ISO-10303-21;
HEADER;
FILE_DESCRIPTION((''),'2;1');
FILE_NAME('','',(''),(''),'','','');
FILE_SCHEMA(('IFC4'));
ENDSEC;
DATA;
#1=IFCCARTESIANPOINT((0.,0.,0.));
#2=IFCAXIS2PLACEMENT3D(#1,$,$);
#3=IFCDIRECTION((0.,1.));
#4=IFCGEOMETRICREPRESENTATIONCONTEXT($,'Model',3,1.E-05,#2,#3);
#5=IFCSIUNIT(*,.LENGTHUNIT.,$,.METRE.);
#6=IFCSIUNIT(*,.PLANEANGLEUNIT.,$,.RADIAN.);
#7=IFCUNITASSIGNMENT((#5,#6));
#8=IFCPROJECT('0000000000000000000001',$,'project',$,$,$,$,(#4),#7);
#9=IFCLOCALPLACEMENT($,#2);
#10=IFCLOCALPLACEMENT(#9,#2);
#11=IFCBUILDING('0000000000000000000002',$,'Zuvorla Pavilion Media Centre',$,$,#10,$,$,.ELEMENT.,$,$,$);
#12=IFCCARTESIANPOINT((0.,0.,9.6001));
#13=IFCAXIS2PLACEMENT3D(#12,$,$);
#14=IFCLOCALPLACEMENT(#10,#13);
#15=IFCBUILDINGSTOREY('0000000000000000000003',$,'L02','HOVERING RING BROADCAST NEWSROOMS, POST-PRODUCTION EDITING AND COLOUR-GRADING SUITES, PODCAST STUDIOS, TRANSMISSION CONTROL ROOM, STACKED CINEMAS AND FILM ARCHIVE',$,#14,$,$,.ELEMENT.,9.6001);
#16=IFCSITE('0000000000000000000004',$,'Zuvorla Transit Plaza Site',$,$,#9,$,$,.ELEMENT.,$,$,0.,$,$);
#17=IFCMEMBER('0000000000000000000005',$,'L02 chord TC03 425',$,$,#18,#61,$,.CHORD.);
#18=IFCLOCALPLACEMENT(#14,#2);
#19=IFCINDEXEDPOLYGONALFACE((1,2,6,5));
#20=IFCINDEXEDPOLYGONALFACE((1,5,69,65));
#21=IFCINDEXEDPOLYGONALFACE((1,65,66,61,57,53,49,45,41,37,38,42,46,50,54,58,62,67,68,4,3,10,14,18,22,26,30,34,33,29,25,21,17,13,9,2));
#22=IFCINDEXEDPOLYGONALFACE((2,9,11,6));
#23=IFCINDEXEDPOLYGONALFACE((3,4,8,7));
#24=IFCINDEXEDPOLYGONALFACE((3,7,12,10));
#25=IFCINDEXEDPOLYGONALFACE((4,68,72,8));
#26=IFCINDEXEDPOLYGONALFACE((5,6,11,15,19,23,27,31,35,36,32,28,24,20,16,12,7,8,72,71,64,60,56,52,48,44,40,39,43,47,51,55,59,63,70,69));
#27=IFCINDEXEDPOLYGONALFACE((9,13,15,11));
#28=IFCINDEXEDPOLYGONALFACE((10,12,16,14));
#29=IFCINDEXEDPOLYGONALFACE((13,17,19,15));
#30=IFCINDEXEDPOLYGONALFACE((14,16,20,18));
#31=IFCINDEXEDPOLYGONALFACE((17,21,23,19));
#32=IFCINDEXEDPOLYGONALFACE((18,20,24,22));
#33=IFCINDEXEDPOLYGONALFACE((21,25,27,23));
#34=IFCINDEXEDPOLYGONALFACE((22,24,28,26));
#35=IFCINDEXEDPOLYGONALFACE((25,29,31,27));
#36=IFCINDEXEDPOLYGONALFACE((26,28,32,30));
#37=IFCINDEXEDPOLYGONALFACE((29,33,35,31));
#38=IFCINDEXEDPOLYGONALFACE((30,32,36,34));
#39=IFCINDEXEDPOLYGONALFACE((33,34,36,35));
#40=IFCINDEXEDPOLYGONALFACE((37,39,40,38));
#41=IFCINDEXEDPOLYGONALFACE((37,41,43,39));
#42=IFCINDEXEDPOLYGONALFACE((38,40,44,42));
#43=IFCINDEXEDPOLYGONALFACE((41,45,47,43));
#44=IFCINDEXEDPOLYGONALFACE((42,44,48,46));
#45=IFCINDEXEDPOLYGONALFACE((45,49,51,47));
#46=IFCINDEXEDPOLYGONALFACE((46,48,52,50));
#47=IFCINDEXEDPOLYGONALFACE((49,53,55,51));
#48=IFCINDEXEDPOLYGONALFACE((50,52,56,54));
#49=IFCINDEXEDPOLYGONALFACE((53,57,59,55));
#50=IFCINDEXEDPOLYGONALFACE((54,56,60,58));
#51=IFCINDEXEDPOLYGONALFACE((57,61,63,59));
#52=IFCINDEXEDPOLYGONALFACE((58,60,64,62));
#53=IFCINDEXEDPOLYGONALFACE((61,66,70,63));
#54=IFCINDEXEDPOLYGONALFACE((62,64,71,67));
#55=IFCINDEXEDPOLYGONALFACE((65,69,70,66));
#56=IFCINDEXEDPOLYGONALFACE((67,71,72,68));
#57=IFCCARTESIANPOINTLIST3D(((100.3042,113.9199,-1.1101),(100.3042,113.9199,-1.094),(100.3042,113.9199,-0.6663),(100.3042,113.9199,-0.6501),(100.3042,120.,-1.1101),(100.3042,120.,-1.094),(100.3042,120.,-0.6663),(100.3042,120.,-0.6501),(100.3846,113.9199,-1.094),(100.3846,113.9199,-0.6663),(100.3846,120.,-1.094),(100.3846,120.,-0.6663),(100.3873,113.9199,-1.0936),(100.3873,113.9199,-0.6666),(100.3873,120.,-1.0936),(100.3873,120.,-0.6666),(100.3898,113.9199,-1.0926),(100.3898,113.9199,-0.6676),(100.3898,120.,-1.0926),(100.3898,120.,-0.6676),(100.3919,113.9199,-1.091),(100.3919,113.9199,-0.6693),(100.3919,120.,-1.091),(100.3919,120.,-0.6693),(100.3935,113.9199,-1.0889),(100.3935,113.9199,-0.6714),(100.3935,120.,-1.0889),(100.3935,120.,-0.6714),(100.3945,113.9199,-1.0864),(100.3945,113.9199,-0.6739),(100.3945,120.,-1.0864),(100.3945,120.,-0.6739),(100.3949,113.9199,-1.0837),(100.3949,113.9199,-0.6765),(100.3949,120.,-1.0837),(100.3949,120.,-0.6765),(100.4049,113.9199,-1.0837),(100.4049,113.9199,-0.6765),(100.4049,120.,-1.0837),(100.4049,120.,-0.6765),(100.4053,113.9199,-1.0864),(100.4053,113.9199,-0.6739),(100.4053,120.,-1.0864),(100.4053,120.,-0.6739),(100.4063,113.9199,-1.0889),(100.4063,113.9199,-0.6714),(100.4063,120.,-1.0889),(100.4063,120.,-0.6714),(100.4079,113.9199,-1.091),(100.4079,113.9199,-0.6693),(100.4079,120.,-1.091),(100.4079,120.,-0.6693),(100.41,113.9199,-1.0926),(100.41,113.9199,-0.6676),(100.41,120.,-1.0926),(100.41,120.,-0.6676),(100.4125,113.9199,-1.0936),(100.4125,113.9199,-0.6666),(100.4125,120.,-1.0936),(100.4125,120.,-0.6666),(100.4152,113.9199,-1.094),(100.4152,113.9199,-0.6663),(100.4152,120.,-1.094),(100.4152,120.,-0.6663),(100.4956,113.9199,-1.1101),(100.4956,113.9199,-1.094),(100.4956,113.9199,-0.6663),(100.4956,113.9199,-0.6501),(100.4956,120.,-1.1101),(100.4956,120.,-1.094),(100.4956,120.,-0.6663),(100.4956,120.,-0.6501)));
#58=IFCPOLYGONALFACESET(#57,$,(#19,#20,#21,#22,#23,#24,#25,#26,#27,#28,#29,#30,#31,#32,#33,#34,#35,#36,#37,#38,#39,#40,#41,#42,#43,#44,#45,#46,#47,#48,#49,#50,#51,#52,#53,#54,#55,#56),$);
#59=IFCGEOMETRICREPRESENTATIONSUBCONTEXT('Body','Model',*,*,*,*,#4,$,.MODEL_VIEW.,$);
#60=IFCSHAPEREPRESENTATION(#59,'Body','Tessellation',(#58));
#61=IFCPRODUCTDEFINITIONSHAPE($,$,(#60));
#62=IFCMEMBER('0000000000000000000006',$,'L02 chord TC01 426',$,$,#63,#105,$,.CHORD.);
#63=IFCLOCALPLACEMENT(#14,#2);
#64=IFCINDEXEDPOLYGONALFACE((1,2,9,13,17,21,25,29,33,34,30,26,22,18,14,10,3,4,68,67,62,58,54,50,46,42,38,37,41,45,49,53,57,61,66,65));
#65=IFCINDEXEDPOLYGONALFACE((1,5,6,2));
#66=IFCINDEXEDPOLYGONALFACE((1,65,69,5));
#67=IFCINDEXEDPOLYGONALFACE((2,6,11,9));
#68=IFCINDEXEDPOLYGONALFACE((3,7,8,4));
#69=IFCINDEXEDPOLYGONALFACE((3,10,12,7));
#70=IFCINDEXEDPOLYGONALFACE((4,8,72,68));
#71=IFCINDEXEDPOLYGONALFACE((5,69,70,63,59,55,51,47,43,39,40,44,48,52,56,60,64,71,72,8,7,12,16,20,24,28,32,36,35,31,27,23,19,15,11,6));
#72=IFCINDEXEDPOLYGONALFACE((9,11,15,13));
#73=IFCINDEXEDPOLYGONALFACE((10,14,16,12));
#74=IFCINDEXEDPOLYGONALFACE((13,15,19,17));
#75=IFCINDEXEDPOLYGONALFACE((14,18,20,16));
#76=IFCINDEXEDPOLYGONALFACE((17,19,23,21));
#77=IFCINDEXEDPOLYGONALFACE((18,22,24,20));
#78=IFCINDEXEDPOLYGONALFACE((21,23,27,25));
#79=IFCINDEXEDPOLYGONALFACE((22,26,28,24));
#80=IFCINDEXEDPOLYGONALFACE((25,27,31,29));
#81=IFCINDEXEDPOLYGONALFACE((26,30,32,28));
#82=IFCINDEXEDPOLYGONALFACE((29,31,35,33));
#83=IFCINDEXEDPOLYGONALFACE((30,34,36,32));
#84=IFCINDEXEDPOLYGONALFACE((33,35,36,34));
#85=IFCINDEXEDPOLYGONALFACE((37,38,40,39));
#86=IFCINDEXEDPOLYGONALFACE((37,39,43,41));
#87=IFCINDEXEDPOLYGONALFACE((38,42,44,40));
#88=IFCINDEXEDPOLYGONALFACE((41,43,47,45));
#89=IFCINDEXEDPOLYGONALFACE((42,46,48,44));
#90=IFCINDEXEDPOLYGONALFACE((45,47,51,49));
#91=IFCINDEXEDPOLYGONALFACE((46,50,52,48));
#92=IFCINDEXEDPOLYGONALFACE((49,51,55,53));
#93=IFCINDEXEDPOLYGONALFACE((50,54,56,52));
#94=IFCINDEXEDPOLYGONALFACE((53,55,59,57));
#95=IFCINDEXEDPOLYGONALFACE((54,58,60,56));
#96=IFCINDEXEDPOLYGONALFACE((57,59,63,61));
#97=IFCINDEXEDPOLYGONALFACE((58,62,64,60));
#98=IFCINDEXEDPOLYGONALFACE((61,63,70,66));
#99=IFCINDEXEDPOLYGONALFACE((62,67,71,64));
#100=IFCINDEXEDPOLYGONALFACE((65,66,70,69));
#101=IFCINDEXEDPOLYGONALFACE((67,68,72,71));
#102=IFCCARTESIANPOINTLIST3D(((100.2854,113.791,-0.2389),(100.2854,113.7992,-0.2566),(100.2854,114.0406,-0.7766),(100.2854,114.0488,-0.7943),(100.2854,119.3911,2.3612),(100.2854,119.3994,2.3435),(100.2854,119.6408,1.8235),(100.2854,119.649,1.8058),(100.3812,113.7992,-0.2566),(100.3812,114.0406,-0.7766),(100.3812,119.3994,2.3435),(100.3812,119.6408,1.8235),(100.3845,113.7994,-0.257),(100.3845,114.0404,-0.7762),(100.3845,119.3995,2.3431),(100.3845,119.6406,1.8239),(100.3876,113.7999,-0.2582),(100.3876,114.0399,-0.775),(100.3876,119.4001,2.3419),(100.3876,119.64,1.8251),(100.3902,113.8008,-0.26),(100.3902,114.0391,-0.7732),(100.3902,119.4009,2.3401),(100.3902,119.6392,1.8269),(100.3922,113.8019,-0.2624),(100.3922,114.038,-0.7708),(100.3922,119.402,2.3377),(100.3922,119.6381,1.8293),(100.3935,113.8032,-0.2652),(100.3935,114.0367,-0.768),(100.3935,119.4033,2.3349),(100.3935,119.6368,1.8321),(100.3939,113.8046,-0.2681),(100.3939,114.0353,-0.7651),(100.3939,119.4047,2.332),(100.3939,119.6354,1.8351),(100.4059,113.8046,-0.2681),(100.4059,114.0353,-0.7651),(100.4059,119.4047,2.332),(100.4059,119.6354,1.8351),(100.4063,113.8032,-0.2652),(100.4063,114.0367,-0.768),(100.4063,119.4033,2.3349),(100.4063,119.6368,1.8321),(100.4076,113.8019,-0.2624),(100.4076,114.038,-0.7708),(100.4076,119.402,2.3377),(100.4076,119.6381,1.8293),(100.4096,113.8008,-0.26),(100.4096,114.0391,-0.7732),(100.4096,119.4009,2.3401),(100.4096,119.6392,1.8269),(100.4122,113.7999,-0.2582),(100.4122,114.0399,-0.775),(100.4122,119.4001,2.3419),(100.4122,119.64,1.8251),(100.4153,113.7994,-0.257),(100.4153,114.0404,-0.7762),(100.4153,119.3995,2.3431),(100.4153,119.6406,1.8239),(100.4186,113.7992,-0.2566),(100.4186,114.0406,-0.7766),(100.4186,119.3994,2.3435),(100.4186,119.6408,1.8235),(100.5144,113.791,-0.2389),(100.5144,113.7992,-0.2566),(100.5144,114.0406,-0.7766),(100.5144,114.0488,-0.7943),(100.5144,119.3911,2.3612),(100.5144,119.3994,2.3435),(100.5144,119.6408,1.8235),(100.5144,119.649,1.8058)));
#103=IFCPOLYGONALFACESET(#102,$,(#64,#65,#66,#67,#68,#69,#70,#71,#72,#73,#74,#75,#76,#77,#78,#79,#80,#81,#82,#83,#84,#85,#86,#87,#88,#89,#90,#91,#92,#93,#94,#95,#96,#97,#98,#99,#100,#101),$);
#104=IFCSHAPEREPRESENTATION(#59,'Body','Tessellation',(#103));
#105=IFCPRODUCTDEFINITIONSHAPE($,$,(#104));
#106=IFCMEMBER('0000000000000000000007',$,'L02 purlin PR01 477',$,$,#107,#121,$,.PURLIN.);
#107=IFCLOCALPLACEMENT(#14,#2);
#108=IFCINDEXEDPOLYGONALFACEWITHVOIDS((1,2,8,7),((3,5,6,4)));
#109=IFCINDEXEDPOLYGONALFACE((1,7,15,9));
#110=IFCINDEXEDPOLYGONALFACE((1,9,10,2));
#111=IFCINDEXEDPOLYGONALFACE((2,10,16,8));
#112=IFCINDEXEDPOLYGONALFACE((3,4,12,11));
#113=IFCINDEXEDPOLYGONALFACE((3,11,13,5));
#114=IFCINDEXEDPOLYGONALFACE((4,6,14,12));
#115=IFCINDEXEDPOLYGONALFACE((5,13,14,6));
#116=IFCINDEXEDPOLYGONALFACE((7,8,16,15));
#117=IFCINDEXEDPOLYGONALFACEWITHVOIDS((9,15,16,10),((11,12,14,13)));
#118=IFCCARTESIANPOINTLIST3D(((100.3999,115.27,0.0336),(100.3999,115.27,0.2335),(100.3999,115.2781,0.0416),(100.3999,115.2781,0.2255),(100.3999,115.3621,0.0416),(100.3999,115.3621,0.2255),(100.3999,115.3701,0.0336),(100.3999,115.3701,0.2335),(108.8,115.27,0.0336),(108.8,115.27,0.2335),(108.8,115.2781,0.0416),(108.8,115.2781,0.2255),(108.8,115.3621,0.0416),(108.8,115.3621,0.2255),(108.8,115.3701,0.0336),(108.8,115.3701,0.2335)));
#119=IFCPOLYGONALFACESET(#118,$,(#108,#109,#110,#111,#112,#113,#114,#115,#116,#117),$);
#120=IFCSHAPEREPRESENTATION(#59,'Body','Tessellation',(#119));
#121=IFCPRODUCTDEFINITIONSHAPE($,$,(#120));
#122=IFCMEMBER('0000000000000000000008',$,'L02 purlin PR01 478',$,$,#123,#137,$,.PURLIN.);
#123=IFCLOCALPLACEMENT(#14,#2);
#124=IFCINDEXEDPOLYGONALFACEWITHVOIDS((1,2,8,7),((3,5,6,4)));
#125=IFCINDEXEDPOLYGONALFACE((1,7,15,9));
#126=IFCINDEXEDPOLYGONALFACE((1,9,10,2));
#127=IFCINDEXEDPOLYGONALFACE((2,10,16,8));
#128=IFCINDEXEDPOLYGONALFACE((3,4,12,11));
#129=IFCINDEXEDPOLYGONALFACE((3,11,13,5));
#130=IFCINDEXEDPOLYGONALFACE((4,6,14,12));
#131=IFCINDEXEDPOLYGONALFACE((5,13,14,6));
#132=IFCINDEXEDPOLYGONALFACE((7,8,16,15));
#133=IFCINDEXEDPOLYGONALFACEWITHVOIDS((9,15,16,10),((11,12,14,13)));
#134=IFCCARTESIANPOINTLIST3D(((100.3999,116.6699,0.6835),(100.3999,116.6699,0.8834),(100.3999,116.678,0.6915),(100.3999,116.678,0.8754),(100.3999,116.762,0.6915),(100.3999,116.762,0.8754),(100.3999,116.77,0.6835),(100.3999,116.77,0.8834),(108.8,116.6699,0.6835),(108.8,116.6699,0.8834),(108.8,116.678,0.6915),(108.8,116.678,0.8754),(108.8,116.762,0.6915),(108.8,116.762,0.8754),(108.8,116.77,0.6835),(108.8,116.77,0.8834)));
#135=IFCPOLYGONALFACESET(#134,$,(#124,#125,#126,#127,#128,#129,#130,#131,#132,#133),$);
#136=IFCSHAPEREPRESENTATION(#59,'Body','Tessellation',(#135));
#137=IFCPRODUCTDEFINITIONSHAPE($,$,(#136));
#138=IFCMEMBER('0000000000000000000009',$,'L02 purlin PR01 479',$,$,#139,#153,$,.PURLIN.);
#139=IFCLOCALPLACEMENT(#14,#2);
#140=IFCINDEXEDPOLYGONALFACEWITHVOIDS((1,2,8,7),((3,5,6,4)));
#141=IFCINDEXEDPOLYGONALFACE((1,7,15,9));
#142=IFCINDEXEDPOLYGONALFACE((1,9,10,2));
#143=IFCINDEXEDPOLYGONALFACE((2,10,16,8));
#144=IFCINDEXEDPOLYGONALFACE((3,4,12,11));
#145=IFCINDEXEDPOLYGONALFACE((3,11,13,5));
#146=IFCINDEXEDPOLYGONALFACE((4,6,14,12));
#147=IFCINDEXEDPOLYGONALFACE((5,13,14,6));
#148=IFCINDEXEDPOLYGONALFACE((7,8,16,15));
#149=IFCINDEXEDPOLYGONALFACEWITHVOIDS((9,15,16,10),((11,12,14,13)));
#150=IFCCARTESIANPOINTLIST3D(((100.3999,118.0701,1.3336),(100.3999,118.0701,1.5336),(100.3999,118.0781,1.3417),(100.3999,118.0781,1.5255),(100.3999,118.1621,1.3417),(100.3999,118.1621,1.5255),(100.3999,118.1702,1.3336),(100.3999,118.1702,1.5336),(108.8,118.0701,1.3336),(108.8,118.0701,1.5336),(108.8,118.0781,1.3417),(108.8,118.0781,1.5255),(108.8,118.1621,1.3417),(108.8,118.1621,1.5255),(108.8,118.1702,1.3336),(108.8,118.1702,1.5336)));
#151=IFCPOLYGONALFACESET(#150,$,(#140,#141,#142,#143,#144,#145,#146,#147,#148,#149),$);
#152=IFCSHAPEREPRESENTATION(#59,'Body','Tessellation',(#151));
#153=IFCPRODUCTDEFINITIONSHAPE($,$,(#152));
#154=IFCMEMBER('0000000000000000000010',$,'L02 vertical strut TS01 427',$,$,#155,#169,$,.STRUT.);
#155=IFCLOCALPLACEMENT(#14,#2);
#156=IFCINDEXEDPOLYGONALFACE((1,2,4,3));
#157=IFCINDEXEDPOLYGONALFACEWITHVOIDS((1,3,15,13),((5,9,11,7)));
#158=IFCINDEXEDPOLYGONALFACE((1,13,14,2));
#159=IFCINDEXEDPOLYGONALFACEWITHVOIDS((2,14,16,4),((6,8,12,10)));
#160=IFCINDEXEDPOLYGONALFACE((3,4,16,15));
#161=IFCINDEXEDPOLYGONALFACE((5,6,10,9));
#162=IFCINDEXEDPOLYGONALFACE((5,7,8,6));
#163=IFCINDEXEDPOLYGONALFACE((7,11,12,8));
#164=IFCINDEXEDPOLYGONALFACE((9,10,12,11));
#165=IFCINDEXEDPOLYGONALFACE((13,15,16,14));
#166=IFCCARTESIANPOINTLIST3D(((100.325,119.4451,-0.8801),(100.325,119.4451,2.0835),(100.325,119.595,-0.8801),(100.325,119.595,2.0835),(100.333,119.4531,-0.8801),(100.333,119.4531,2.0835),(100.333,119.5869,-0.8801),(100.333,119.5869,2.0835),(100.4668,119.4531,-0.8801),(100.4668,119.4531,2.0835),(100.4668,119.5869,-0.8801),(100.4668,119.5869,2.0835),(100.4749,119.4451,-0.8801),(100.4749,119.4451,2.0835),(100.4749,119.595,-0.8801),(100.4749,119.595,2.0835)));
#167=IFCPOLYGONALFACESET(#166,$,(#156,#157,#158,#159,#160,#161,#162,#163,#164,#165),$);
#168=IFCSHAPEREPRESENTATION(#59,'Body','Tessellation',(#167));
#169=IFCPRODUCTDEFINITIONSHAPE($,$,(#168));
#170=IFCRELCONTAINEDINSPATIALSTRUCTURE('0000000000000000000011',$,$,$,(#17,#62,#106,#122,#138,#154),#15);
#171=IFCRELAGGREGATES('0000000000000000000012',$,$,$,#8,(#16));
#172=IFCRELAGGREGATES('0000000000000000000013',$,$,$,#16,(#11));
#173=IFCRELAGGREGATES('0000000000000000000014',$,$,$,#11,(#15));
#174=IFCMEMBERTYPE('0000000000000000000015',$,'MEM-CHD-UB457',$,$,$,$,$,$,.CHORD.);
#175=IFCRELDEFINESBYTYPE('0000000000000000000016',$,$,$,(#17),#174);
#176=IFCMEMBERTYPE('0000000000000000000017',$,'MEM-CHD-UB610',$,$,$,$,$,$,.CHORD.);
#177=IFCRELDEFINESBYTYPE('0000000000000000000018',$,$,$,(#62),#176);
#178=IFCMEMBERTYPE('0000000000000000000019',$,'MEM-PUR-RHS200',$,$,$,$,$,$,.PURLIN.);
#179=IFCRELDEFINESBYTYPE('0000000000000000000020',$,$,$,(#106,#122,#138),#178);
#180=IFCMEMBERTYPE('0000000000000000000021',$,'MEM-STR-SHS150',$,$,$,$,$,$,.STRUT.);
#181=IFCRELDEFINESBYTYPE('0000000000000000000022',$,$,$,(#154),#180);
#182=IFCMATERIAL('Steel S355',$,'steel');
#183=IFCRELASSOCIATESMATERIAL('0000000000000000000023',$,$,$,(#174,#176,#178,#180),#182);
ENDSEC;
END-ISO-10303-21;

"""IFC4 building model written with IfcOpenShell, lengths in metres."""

from ifc_helpers import new_model, si_unit, direction, frame, origin, origin_2d, place, context, subcontext, project, spatial, hollow_rectangle, i_section, extrude, material, material_profile, profile_set, type_object, element, save


model = new_model("IFC4")

# Units and contexts
model_context = context("Model", 3, precision=1e-05, world=origin(), true_north=direction((0.0, 1.0)))
body_context = subcontext(model_context, "Body", "Model", "MODEL_VIEW")
ifc_project = project(units=[si_unit("LENGTHUNIT", "METRE"), si_unit("PLANEANGLEUNIT", "RADIAN")], contexts=[model_context])

# Site, building, storey
site_placement = place(None, origin())
site = spatial("IfcSite", under=ifc_project, at=site_placement, Name="Zuvorla Transit Plaza Site", CompositionType="ELEMENT", RefElevation=0.0)
building_placement = place(site_placement, origin())
building = spatial("IfcBuilding", under=site, at=building_placement, Name="Zuvorla Pavilion Media Centre", CompositionType="ELEMENT")
storey_placement = place(building_placement, frame((0.0, 0.0, 9.6001)))
storey = spatial("IfcBuildingStorey", under=building, at=storey_placement, Name="L02", Description="HOVERING RING BROADCAST NEWSROOMS, POST-PRODUCTION EDITING AND COLOUR-GRADING SUITES, PODCAST STUDIOS, TRANSMISSION CONTROL ROOM, STACKED CINEMAS AND FILM ARCHIVE", CompositionType="ELEMENT", Elevation=9.6001)

# Shared definitions
ifc_material_1 = material(Name="Steel S355", Category="steel")

# Members
ifc_material_profile_1 = material_profile(ifc_material_1, i_section(OverallWidth=0.1914, OverallDepth=0.46, WebThickness=0.01, FlangeThickness=0.0161, FilletRadius=0.0103, at=origin_2d()), Name="UB 457x191x82")
ifc_profile_set_1 = profile_set([ifc_material_profile_1], Name="Steel S355")
member_type_1 = type_object("IfcMemberType", Name="MEM-CHD-UB457", PredefinedType="CHORD", material=ifc_profile_set_1)
member_1_placement = place(storey_placement, frame((100.3999, 113.9199, -0.8801), z_axis=(0.0, 1.0, 0.0), x_axis=(-1.0, 0.0, 0.0)))
element("IfcMember", 1, at=member_1_placement, inside=storey, type_object=member_type_1, Name="L02 chord TC03 425", PredefinedType="CHORD", context=body_context, shape_type="SweptSolid", body=[
    extrude(i_section(OverallWidth=0.1914, OverallDepth=0.46, WebThickness=0.01, FlangeThickness=0.0161, FilletRadius=0.0103, at=origin_2d()), origin(), (0.0, 0.0, 1.0), 6.0801),
])
ifc_material_profile_2 = material_profile(ifc_material_1, i_section(OverallWidth=0.229, OverallDepth=0.6123, WebThickness=0.012, FlangeThickness=0.0195, FilletRadius=0.0127, at=origin_2d()), Name="UB 610x229x125")
ifc_profile_set_2 = profile_set([ifc_material_profile_2], Name="Steel S355")
member_type_2 = type_object("IfcMemberType", Name="MEM-CHD-UB610", PredefinedType="CHORD", material=ifc_profile_set_2)
member_2_placement = place(storey_placement, frame((100.3999, 113.9199, -0.5166), z_axis=(0.0, 0.907006, 0.421118), x_axis=(-1.0, 0.0, 0.0)))
element("IfcMember", 2, at=member_2_placement, inside=storey, type_object=member_type_2, Name="L02 chord TC01 426", PredefinedType="CHORD", context=body_context, shape_type="SweptSolid", body=[
    extrude(i_section(OverallWidth=0.229, OverallDepth=0.6123, WebThickness=0.012, FlangeThickness=0.0195, FilletRadius=0.0127, at=origin_2d()), origin(), (0.0, 0.0, 1.0), 6.1743),
])
ifc_material_profile_3 = material_profile(ifc_material_1, hollow_rectangle(XDim=0.1001, YDim=0.2, WallThickness=0.0081, at=origin_2d()), Name="RHS 200x100x8")
ifc_profile_set_3 = profile_set([ifc_material_profile_3], Name="Steel S355")
member_type_3 = type_object("IfcMemberType", Name="MEM-PUR-RHS200", PredefinedType="PURLIN", material=ifc_profile_set_3)
for number, where, z_axis, x_axis, name in (
    (3, (100.3999, 115.3201, 0.1335), (1.0, 0.0, 0.0), (0.0, 1.0, 0.0), "L02 purlin PR01 477"),
    (4, (100.3999, 116.72, 0.7834), (1.0, 0.0, 0.0), (0.0, 1.0, 0.0), "L02 purlin PR01 478"),
    (5, (100.3999, 118.1201, 1.4336), (1.0, 0.0, 0.0), (0.0, 1.0, 0.0), "L02 purlin PR01 479"),
):
    element("IfcMember", number, at=place(storey_placement, frame(where, z_axis=z_axis, x_axis=x_axis)), inside=storey, type_object=member_type_3, Name=name, PredefinedType="PURLIN", context=body_context, shape_type="SweptSolid", body=[
        extrude(hollow_rectangle(XDim=0.1001, YDim=0.2, WallThickness=0.0081, at=origin_2d()), origin(), (0.0, 0.0, 1.0), 8.4001),
    ])
ifc_material_profile_4 = material_profile(ifc_material_1, hollow_rectangle(XDim=0.1499, YDim=0.1499, WallThickness=0.0081, at=origin_2d()), Name="SHS 150x150x8")
ifc_profile_set_4 = profile_set([ifc_material_profile_4], Name="Steel S355")
member_type_4 = type_object("IfcMemberType", Name="MEM-STR-SHS150", PredefinedType="STRUT", material=ifc_profile_set_4)
member_3_placement = place(storey_placement, frame((100.3999, 119.52, -0.8801), z_axis=(0.0, 0.0, 1.0), x_axis=(1.0, 0.0, 0.0)))
element("IfcMember", 6, at=member_3_placement, inside=storey, type_object=member_type_4, Name="L02 vertical strut TS01 427", PredefinedType="STRUT", context=body_context, shape_type="SweptSolid", body=[
    extrude(hollow_rectangle(XDim=0.1499, YDim=0.1499, WallThickness=0.0081, at=origin_2d()), origin(), (0.0, 0.0, 1.0), 2.9636),
])

save(model, "model.ifc")
